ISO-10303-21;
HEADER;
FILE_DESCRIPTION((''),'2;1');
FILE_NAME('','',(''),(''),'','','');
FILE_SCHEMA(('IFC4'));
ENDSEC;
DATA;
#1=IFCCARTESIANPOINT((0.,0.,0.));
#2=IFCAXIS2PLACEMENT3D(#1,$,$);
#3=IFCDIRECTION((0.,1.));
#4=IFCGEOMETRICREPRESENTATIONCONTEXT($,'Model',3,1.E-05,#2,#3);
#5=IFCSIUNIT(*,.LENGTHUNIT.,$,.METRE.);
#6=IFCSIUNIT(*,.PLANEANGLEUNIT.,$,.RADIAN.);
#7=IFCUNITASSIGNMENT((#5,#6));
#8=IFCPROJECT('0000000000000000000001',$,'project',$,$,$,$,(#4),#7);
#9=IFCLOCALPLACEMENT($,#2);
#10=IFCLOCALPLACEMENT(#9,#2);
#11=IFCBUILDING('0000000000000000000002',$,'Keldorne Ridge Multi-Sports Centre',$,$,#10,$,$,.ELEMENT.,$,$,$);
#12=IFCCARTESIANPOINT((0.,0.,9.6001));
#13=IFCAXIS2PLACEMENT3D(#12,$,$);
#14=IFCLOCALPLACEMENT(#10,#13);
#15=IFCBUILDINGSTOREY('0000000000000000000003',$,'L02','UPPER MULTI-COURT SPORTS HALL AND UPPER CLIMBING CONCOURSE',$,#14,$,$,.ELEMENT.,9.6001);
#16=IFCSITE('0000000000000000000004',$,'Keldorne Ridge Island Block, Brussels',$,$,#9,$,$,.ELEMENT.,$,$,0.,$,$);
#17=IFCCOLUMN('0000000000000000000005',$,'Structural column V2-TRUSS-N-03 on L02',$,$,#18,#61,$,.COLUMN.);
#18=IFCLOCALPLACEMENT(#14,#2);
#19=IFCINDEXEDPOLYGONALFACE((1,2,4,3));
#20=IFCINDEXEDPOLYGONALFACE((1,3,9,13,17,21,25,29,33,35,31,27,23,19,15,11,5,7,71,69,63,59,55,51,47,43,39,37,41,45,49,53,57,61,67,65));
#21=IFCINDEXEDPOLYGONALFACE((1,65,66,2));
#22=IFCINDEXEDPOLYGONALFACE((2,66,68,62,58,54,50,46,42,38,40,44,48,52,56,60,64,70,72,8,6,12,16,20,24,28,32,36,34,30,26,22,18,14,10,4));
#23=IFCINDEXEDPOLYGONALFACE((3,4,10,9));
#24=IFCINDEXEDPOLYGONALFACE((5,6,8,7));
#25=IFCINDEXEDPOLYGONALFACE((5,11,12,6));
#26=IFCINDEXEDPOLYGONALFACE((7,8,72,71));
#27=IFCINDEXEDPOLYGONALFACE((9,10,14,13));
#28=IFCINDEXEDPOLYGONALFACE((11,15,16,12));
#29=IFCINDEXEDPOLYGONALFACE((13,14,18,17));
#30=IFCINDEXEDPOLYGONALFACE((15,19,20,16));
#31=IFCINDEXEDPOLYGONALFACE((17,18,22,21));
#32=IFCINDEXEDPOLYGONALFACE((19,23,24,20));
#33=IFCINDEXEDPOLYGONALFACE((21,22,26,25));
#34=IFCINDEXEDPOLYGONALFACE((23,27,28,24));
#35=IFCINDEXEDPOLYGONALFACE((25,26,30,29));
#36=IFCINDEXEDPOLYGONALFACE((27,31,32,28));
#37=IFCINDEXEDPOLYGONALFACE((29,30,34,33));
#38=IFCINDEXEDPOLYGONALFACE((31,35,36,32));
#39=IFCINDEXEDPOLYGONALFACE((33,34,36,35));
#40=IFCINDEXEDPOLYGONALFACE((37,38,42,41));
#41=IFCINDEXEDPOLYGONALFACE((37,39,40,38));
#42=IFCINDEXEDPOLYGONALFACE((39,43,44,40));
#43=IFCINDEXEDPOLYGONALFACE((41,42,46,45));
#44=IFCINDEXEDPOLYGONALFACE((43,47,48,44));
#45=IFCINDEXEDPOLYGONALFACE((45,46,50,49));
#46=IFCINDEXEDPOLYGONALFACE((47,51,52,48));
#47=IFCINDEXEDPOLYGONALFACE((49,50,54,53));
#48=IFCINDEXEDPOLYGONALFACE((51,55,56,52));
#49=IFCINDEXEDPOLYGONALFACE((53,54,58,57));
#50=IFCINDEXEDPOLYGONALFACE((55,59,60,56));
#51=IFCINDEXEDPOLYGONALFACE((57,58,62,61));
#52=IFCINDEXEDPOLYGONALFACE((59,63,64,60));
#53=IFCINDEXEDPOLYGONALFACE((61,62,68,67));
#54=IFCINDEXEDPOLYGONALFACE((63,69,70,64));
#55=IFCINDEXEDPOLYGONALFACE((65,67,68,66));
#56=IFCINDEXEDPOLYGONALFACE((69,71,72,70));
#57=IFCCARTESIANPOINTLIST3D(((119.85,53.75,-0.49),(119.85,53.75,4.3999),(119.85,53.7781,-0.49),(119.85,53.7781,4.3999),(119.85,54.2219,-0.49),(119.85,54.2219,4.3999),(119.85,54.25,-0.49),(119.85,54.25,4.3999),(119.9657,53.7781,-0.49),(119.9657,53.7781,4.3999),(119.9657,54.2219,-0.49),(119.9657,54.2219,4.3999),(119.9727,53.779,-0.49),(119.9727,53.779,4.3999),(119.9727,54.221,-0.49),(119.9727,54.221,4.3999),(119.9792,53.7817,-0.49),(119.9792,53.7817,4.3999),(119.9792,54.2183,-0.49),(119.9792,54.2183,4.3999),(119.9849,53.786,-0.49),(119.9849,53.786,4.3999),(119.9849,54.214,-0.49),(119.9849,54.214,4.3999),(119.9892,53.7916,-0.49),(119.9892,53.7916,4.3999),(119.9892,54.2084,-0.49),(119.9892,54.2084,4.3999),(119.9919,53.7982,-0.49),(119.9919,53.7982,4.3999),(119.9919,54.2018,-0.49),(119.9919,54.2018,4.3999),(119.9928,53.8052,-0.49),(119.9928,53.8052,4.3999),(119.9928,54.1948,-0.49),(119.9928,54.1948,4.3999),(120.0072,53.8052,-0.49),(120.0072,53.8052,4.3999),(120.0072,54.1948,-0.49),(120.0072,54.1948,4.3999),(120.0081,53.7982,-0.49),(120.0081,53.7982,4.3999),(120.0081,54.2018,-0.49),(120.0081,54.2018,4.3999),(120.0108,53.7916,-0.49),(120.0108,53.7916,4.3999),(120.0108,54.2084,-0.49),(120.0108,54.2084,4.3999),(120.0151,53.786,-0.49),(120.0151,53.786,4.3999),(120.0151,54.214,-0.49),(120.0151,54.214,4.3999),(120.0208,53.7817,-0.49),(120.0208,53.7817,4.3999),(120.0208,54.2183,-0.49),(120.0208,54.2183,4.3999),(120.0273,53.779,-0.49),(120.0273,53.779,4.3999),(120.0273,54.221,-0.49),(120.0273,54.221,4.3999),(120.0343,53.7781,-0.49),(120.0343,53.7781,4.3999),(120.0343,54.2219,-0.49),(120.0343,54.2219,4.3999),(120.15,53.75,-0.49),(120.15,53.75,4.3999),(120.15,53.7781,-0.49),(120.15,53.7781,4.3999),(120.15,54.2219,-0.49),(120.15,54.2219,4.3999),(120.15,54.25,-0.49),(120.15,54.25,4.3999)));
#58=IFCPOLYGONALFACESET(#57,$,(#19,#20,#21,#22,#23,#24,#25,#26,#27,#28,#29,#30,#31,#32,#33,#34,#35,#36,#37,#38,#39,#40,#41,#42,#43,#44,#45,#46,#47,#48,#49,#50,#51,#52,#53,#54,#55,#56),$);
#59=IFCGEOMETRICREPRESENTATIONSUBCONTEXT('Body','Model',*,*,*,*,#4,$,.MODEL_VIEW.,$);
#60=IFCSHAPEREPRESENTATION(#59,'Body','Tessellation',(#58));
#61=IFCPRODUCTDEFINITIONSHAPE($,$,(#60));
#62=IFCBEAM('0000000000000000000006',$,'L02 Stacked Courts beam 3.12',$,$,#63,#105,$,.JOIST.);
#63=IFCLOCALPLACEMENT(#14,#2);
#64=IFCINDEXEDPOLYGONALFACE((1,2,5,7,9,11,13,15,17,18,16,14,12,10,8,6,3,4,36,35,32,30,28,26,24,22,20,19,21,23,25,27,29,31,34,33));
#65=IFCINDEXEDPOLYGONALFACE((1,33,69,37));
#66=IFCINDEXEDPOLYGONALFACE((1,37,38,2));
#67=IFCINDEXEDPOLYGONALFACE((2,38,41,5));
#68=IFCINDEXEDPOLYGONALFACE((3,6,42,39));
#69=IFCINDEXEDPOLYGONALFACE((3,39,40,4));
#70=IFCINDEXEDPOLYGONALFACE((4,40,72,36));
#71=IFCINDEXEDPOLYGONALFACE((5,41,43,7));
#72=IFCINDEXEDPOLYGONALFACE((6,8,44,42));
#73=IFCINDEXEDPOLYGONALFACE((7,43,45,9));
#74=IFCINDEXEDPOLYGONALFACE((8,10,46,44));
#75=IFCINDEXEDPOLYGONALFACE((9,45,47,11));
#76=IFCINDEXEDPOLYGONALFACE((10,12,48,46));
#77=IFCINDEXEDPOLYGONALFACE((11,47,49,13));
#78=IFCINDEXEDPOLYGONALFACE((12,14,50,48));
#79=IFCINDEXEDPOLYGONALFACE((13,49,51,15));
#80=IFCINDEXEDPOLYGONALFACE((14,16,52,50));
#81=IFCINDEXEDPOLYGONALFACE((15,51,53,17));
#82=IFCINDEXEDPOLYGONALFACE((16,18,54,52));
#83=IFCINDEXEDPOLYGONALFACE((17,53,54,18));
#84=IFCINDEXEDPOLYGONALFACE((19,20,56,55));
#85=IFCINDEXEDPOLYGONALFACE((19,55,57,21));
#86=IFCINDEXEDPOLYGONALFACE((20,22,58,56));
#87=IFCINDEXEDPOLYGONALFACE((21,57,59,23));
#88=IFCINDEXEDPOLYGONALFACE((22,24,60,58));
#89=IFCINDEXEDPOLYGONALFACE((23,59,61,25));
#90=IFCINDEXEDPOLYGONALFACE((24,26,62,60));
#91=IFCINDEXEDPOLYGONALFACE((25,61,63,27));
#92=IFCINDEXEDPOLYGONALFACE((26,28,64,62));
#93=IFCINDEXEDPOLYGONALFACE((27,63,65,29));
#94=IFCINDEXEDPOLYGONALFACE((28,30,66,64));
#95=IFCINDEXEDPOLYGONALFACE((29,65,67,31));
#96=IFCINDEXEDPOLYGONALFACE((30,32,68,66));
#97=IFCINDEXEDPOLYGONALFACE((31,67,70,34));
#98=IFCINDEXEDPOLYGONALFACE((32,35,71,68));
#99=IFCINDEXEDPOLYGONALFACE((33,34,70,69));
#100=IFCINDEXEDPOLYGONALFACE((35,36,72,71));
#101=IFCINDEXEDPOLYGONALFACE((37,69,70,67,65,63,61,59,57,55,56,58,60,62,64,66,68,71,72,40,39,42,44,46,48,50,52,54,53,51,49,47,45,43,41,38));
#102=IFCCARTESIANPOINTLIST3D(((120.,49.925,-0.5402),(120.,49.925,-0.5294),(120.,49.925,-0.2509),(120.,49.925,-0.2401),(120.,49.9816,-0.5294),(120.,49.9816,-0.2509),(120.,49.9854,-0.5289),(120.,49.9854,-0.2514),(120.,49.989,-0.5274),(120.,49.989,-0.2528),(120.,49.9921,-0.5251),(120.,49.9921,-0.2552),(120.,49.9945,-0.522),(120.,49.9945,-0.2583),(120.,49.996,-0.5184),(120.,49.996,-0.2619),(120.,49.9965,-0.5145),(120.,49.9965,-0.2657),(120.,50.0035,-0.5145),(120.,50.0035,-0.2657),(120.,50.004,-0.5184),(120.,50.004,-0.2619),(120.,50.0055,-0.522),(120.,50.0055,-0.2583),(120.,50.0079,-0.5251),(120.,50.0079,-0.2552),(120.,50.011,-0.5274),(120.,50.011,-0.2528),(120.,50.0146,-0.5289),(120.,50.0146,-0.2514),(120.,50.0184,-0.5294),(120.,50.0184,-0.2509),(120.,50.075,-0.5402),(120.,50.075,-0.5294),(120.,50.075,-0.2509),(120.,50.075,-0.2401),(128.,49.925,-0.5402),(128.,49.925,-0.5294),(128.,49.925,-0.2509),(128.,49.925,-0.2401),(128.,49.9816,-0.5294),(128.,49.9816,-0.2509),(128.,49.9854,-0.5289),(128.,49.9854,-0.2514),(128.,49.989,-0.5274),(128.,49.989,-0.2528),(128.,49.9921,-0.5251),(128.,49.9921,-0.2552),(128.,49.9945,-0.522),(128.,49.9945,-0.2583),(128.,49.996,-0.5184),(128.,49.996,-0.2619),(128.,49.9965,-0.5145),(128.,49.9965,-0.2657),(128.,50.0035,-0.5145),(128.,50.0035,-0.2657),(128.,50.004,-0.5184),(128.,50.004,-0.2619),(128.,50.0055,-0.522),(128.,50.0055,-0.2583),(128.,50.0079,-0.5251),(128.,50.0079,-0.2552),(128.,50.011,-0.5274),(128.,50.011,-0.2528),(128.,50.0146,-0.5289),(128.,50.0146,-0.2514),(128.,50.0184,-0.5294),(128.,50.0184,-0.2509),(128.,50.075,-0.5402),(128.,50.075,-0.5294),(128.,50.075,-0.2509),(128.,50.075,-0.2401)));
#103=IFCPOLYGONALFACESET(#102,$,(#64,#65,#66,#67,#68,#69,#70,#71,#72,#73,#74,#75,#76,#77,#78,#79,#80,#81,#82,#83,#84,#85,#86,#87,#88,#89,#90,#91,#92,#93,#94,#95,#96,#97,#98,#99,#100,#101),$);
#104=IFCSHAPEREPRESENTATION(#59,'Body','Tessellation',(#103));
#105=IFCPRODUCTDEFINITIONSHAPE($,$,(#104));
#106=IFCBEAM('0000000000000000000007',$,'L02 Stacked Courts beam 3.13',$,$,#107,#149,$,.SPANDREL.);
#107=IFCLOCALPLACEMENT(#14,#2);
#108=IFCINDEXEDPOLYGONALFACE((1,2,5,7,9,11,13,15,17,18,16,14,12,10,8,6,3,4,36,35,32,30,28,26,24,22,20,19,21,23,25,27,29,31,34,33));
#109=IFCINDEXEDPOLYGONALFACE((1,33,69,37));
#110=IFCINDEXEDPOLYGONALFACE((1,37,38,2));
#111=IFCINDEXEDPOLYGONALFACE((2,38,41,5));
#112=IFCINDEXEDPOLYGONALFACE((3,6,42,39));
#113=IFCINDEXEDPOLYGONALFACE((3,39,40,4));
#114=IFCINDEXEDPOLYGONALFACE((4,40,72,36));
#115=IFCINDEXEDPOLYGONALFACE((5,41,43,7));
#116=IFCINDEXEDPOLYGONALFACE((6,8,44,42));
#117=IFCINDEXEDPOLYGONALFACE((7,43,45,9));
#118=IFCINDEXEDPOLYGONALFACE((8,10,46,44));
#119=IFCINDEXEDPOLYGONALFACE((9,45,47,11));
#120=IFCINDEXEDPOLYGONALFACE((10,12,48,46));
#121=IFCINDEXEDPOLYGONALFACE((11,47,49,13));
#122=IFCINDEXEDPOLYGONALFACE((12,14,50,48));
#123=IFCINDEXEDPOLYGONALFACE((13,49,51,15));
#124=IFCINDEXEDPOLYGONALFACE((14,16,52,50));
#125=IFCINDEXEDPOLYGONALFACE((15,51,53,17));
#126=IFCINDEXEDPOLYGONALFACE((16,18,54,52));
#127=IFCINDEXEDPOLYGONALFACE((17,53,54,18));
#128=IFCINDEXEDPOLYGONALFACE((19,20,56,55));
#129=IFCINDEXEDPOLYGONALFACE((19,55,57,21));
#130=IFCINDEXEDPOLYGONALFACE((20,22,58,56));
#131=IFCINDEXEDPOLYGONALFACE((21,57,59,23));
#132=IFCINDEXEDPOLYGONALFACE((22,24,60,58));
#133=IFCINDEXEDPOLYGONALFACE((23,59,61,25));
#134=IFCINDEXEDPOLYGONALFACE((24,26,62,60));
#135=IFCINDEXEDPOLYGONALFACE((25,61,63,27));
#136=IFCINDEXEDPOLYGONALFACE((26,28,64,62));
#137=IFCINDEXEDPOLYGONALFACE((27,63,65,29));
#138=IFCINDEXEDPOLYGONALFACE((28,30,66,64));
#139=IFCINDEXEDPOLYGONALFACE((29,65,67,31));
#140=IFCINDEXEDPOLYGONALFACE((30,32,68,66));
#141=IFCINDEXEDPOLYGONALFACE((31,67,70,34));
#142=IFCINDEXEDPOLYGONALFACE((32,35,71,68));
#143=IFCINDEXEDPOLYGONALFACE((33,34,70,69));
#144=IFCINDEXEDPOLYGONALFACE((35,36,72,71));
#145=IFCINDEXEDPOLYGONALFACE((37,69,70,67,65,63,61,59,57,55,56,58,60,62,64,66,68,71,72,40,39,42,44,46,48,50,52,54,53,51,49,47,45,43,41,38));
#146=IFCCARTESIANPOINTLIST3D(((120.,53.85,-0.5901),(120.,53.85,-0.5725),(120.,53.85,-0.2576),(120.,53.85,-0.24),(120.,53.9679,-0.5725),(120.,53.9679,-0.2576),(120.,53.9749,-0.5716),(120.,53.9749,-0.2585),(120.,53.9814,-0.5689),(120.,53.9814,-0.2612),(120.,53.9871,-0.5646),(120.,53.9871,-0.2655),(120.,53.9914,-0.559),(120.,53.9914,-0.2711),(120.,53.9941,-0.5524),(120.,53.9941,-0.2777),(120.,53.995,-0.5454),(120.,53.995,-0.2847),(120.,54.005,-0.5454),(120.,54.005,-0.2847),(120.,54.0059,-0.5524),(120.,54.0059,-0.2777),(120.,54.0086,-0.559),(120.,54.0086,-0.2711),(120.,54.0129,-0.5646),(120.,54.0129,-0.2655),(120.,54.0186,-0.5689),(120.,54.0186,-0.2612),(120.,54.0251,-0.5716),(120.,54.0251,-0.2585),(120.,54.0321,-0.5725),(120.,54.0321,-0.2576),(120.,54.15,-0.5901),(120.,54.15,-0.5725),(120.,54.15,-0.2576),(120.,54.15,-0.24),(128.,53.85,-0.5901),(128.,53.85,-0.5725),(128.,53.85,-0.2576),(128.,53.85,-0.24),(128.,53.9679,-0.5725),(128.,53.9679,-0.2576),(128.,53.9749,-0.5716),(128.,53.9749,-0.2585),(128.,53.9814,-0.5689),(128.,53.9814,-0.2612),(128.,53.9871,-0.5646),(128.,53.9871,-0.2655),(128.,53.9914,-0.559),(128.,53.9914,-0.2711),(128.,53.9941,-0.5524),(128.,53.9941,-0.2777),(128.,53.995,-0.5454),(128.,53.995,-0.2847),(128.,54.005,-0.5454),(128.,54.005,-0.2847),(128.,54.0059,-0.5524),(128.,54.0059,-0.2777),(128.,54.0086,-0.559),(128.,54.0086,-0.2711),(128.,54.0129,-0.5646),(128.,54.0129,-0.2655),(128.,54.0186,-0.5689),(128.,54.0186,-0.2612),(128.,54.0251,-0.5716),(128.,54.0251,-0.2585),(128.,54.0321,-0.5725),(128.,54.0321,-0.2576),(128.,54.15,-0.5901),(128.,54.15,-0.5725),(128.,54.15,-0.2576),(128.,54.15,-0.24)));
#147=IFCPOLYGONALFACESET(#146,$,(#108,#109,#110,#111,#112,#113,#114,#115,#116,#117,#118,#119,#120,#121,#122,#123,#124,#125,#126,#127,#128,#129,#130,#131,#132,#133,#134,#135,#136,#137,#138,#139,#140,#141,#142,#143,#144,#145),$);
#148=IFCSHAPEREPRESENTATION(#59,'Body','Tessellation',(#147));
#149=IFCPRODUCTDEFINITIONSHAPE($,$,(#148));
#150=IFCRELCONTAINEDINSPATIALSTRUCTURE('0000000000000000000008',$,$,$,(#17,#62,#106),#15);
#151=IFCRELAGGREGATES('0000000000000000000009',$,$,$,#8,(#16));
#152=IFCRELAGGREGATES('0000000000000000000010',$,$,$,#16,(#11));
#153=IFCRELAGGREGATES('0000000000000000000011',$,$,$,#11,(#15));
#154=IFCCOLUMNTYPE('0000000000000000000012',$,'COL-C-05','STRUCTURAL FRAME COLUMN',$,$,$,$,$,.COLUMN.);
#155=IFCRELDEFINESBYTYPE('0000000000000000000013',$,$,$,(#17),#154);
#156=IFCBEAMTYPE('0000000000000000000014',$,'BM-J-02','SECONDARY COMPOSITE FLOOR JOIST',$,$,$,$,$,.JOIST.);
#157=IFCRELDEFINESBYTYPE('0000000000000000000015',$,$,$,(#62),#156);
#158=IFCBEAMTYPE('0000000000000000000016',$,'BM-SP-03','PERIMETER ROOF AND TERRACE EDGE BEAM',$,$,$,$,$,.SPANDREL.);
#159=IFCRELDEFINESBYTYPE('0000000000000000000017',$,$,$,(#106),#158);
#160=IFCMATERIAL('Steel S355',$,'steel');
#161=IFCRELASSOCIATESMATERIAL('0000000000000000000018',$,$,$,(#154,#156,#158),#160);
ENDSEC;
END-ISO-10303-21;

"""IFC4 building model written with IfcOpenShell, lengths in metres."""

from ifc_helpers import new_model, si_unit, direction, frame, origin, origin_2d, place, context, subcontext, project, spatial, i_section, extrude, material, material_profile, profile_set, type_object, element, save


model = new_model("IFC4")

# Units and contexts
model_context = context("Model", 3, precision=1e-05, world=origin(), true_north=direction((0.0, 1.0)))
body_context = subcontext(model_context, "Body", "Model", "MODEL_VIEW")
ifc_project = project(units=[si_unit("LENGTHUNIT", "METRE"), si_unit("PLANEANGLEUNIT", "RADIAN")], contexts=[model_context])

# Site, building, storey
site_placement = place(None, origin())
site = spatial("IfcSite", under=ifc_project, at=site_placement, Name="Keldorne Ridge Island Block, Brussels", CompositionType="ELEMENT", RefElevation=0.0)
building_placement = place(site_placement, origin())
building = spatial("IfcBuilding", under=site, at=building_placement, Name="Keldorne Ridge Multi-Sports Centre", CompositionType="ELEMENT")
storey_placement = place(building_placement, frame((0.0, 0.0, 9.6001)))
storey = spatial("IfcBuildingStorey", under=building, at=storey_placement, Name="L02", Description="UPPER MULTI-COURT SPORTS HALL AND UPPER CLIMBING CONCOURSE", CompositionType="ELEMENT", Elevation=9.6001)

# Column
ifc_material_1 = material(Name="Steel S355", Category="steel")
ifc_material_profile_1 = material_profile(ifc_material_1, i_section(OverallWidth=0.3, OverallDepth=0.5, WebThickness=0.0144, FlangeThickness=0.0281, FilletRadius=0.0271, at=origin_2d()), Name="HEB 500")
ifc_profile_set_1 = profile_set([ifc_material_profile_1], Name="Steel S355")
column_type = type_object("IfcColumnType", Name="COL-C-05", Description="STRUCTURAL FRAME COLUMN", PredefinedType="COLUMN", material=ifc_profile_set_1)
column_placement = place(storey_placement, frame((120.0, 54.0, -0.49), z_axis=(0.0, 0.0, 1.0), x_axis=(1.0, 0.0, 0.0)))
element("IfcColumn", 1, at=column_placement, inside=storey, type_object=column_type, Name="Structural column V2-TRUSS-N-03 on L02", PredefinedType="COLUMN", context=body_context, shape_type="SweptSolid", body=[
    extrude(i_section(OverallWidth=0.3, OverallDepth=0.5, WebThickness=0.0144, FlangeThickness=0.0281, FilletRadius=0.0271, at=origin_2d()), origin(), (0.0, 0.0, 1.0), 4.8899),
])

# Beams
ifc_material_profile_2 = material_profile(ifc_material_1, i_section(OverallWidth=0.1499, OverallDepth=0.3, WebThickness=0.0071, FlangeThickness=0.0107, FilletRadius=0.0149, at=origin_2d()), Name="IPE 300")
ifc_profile_set_2 = profile_set([ifc_material_profile_2], Name="Steel S355")
beam_type_1 = type_object("IfcBeamType", Name="BM-J-02", Description="SECONDARY COMPOSITE FLOOR JOIST", PredefinedType="JOIST", material=ifc_profile_set_2)
beam_1_placement = place(storey_placement, frame((120.0, 50.0, -0.3901), z_axis=(1.0, 0.0, 0.0), x_axis=(0.0, 1.0, 0.0)))
element("IfcBeam", 2, at=beam_1_placement, inside=storey, type_object=beam_type_1, Name="L02 Stacked Courts beam 3.12", PredefinedType="JOIST", context=body_context, shape_type="SweptSolid", body=[
    extrude(i_section(OverallWidth=0.1499, OverallDepth=0.3, WebThickness=0.0071, FlangeThickness=0.0107, FilletRadius=0.0149, at=origin_2d()), origin(), (0.0, 0.0, 1.0), 8.0),
])
ifc_material_profile_3 = material_profile(ifc_material_1, i_section(OverallWidth=0.3, OverallDepth=0.3501, WebThickness=0.01, FlangeThickness=0.0176, FilletRadius=0.0271, at=origin_2d()), Name="HEA 360")
ifc_profile_set_3 = profile_set([ifc_material_profile_3], Name="Steel S355")
beam_type_2 = type_object("IfcBeamType", Name="BM-SP-03", Description="PERIMETER ROOF AND TERRACE EDGE BEAM", PredefinedType="SPANDREL", material=ifc_profile_set_3)
beam_2_placement = place(storey_placement, frame((120.0, 54.0, -0.415), z_axis=(1.0, 0.0, 0.0), x_axis=(0.0, 1.0, 0.0)))
element("IfcBeam", 3, at=beam_2_placement, inside=storey, type_object=beam_type_2, Name="L02 Stacked Courts beam 3.13", PredefinedType="SPANDREL", context=body_context, shape_type="SweptSolid", body=[
    extrude(i_section(OverallWidth=0.3, OverallDepth=0.3501, WebThickness=0.01, FlangeThickness=0.0176, FilletRadius=0.0271, at=origin_2d()), origin(), (0.0, 0.0, 1.0), 8.0),
])

save(model, "model.ifc")
